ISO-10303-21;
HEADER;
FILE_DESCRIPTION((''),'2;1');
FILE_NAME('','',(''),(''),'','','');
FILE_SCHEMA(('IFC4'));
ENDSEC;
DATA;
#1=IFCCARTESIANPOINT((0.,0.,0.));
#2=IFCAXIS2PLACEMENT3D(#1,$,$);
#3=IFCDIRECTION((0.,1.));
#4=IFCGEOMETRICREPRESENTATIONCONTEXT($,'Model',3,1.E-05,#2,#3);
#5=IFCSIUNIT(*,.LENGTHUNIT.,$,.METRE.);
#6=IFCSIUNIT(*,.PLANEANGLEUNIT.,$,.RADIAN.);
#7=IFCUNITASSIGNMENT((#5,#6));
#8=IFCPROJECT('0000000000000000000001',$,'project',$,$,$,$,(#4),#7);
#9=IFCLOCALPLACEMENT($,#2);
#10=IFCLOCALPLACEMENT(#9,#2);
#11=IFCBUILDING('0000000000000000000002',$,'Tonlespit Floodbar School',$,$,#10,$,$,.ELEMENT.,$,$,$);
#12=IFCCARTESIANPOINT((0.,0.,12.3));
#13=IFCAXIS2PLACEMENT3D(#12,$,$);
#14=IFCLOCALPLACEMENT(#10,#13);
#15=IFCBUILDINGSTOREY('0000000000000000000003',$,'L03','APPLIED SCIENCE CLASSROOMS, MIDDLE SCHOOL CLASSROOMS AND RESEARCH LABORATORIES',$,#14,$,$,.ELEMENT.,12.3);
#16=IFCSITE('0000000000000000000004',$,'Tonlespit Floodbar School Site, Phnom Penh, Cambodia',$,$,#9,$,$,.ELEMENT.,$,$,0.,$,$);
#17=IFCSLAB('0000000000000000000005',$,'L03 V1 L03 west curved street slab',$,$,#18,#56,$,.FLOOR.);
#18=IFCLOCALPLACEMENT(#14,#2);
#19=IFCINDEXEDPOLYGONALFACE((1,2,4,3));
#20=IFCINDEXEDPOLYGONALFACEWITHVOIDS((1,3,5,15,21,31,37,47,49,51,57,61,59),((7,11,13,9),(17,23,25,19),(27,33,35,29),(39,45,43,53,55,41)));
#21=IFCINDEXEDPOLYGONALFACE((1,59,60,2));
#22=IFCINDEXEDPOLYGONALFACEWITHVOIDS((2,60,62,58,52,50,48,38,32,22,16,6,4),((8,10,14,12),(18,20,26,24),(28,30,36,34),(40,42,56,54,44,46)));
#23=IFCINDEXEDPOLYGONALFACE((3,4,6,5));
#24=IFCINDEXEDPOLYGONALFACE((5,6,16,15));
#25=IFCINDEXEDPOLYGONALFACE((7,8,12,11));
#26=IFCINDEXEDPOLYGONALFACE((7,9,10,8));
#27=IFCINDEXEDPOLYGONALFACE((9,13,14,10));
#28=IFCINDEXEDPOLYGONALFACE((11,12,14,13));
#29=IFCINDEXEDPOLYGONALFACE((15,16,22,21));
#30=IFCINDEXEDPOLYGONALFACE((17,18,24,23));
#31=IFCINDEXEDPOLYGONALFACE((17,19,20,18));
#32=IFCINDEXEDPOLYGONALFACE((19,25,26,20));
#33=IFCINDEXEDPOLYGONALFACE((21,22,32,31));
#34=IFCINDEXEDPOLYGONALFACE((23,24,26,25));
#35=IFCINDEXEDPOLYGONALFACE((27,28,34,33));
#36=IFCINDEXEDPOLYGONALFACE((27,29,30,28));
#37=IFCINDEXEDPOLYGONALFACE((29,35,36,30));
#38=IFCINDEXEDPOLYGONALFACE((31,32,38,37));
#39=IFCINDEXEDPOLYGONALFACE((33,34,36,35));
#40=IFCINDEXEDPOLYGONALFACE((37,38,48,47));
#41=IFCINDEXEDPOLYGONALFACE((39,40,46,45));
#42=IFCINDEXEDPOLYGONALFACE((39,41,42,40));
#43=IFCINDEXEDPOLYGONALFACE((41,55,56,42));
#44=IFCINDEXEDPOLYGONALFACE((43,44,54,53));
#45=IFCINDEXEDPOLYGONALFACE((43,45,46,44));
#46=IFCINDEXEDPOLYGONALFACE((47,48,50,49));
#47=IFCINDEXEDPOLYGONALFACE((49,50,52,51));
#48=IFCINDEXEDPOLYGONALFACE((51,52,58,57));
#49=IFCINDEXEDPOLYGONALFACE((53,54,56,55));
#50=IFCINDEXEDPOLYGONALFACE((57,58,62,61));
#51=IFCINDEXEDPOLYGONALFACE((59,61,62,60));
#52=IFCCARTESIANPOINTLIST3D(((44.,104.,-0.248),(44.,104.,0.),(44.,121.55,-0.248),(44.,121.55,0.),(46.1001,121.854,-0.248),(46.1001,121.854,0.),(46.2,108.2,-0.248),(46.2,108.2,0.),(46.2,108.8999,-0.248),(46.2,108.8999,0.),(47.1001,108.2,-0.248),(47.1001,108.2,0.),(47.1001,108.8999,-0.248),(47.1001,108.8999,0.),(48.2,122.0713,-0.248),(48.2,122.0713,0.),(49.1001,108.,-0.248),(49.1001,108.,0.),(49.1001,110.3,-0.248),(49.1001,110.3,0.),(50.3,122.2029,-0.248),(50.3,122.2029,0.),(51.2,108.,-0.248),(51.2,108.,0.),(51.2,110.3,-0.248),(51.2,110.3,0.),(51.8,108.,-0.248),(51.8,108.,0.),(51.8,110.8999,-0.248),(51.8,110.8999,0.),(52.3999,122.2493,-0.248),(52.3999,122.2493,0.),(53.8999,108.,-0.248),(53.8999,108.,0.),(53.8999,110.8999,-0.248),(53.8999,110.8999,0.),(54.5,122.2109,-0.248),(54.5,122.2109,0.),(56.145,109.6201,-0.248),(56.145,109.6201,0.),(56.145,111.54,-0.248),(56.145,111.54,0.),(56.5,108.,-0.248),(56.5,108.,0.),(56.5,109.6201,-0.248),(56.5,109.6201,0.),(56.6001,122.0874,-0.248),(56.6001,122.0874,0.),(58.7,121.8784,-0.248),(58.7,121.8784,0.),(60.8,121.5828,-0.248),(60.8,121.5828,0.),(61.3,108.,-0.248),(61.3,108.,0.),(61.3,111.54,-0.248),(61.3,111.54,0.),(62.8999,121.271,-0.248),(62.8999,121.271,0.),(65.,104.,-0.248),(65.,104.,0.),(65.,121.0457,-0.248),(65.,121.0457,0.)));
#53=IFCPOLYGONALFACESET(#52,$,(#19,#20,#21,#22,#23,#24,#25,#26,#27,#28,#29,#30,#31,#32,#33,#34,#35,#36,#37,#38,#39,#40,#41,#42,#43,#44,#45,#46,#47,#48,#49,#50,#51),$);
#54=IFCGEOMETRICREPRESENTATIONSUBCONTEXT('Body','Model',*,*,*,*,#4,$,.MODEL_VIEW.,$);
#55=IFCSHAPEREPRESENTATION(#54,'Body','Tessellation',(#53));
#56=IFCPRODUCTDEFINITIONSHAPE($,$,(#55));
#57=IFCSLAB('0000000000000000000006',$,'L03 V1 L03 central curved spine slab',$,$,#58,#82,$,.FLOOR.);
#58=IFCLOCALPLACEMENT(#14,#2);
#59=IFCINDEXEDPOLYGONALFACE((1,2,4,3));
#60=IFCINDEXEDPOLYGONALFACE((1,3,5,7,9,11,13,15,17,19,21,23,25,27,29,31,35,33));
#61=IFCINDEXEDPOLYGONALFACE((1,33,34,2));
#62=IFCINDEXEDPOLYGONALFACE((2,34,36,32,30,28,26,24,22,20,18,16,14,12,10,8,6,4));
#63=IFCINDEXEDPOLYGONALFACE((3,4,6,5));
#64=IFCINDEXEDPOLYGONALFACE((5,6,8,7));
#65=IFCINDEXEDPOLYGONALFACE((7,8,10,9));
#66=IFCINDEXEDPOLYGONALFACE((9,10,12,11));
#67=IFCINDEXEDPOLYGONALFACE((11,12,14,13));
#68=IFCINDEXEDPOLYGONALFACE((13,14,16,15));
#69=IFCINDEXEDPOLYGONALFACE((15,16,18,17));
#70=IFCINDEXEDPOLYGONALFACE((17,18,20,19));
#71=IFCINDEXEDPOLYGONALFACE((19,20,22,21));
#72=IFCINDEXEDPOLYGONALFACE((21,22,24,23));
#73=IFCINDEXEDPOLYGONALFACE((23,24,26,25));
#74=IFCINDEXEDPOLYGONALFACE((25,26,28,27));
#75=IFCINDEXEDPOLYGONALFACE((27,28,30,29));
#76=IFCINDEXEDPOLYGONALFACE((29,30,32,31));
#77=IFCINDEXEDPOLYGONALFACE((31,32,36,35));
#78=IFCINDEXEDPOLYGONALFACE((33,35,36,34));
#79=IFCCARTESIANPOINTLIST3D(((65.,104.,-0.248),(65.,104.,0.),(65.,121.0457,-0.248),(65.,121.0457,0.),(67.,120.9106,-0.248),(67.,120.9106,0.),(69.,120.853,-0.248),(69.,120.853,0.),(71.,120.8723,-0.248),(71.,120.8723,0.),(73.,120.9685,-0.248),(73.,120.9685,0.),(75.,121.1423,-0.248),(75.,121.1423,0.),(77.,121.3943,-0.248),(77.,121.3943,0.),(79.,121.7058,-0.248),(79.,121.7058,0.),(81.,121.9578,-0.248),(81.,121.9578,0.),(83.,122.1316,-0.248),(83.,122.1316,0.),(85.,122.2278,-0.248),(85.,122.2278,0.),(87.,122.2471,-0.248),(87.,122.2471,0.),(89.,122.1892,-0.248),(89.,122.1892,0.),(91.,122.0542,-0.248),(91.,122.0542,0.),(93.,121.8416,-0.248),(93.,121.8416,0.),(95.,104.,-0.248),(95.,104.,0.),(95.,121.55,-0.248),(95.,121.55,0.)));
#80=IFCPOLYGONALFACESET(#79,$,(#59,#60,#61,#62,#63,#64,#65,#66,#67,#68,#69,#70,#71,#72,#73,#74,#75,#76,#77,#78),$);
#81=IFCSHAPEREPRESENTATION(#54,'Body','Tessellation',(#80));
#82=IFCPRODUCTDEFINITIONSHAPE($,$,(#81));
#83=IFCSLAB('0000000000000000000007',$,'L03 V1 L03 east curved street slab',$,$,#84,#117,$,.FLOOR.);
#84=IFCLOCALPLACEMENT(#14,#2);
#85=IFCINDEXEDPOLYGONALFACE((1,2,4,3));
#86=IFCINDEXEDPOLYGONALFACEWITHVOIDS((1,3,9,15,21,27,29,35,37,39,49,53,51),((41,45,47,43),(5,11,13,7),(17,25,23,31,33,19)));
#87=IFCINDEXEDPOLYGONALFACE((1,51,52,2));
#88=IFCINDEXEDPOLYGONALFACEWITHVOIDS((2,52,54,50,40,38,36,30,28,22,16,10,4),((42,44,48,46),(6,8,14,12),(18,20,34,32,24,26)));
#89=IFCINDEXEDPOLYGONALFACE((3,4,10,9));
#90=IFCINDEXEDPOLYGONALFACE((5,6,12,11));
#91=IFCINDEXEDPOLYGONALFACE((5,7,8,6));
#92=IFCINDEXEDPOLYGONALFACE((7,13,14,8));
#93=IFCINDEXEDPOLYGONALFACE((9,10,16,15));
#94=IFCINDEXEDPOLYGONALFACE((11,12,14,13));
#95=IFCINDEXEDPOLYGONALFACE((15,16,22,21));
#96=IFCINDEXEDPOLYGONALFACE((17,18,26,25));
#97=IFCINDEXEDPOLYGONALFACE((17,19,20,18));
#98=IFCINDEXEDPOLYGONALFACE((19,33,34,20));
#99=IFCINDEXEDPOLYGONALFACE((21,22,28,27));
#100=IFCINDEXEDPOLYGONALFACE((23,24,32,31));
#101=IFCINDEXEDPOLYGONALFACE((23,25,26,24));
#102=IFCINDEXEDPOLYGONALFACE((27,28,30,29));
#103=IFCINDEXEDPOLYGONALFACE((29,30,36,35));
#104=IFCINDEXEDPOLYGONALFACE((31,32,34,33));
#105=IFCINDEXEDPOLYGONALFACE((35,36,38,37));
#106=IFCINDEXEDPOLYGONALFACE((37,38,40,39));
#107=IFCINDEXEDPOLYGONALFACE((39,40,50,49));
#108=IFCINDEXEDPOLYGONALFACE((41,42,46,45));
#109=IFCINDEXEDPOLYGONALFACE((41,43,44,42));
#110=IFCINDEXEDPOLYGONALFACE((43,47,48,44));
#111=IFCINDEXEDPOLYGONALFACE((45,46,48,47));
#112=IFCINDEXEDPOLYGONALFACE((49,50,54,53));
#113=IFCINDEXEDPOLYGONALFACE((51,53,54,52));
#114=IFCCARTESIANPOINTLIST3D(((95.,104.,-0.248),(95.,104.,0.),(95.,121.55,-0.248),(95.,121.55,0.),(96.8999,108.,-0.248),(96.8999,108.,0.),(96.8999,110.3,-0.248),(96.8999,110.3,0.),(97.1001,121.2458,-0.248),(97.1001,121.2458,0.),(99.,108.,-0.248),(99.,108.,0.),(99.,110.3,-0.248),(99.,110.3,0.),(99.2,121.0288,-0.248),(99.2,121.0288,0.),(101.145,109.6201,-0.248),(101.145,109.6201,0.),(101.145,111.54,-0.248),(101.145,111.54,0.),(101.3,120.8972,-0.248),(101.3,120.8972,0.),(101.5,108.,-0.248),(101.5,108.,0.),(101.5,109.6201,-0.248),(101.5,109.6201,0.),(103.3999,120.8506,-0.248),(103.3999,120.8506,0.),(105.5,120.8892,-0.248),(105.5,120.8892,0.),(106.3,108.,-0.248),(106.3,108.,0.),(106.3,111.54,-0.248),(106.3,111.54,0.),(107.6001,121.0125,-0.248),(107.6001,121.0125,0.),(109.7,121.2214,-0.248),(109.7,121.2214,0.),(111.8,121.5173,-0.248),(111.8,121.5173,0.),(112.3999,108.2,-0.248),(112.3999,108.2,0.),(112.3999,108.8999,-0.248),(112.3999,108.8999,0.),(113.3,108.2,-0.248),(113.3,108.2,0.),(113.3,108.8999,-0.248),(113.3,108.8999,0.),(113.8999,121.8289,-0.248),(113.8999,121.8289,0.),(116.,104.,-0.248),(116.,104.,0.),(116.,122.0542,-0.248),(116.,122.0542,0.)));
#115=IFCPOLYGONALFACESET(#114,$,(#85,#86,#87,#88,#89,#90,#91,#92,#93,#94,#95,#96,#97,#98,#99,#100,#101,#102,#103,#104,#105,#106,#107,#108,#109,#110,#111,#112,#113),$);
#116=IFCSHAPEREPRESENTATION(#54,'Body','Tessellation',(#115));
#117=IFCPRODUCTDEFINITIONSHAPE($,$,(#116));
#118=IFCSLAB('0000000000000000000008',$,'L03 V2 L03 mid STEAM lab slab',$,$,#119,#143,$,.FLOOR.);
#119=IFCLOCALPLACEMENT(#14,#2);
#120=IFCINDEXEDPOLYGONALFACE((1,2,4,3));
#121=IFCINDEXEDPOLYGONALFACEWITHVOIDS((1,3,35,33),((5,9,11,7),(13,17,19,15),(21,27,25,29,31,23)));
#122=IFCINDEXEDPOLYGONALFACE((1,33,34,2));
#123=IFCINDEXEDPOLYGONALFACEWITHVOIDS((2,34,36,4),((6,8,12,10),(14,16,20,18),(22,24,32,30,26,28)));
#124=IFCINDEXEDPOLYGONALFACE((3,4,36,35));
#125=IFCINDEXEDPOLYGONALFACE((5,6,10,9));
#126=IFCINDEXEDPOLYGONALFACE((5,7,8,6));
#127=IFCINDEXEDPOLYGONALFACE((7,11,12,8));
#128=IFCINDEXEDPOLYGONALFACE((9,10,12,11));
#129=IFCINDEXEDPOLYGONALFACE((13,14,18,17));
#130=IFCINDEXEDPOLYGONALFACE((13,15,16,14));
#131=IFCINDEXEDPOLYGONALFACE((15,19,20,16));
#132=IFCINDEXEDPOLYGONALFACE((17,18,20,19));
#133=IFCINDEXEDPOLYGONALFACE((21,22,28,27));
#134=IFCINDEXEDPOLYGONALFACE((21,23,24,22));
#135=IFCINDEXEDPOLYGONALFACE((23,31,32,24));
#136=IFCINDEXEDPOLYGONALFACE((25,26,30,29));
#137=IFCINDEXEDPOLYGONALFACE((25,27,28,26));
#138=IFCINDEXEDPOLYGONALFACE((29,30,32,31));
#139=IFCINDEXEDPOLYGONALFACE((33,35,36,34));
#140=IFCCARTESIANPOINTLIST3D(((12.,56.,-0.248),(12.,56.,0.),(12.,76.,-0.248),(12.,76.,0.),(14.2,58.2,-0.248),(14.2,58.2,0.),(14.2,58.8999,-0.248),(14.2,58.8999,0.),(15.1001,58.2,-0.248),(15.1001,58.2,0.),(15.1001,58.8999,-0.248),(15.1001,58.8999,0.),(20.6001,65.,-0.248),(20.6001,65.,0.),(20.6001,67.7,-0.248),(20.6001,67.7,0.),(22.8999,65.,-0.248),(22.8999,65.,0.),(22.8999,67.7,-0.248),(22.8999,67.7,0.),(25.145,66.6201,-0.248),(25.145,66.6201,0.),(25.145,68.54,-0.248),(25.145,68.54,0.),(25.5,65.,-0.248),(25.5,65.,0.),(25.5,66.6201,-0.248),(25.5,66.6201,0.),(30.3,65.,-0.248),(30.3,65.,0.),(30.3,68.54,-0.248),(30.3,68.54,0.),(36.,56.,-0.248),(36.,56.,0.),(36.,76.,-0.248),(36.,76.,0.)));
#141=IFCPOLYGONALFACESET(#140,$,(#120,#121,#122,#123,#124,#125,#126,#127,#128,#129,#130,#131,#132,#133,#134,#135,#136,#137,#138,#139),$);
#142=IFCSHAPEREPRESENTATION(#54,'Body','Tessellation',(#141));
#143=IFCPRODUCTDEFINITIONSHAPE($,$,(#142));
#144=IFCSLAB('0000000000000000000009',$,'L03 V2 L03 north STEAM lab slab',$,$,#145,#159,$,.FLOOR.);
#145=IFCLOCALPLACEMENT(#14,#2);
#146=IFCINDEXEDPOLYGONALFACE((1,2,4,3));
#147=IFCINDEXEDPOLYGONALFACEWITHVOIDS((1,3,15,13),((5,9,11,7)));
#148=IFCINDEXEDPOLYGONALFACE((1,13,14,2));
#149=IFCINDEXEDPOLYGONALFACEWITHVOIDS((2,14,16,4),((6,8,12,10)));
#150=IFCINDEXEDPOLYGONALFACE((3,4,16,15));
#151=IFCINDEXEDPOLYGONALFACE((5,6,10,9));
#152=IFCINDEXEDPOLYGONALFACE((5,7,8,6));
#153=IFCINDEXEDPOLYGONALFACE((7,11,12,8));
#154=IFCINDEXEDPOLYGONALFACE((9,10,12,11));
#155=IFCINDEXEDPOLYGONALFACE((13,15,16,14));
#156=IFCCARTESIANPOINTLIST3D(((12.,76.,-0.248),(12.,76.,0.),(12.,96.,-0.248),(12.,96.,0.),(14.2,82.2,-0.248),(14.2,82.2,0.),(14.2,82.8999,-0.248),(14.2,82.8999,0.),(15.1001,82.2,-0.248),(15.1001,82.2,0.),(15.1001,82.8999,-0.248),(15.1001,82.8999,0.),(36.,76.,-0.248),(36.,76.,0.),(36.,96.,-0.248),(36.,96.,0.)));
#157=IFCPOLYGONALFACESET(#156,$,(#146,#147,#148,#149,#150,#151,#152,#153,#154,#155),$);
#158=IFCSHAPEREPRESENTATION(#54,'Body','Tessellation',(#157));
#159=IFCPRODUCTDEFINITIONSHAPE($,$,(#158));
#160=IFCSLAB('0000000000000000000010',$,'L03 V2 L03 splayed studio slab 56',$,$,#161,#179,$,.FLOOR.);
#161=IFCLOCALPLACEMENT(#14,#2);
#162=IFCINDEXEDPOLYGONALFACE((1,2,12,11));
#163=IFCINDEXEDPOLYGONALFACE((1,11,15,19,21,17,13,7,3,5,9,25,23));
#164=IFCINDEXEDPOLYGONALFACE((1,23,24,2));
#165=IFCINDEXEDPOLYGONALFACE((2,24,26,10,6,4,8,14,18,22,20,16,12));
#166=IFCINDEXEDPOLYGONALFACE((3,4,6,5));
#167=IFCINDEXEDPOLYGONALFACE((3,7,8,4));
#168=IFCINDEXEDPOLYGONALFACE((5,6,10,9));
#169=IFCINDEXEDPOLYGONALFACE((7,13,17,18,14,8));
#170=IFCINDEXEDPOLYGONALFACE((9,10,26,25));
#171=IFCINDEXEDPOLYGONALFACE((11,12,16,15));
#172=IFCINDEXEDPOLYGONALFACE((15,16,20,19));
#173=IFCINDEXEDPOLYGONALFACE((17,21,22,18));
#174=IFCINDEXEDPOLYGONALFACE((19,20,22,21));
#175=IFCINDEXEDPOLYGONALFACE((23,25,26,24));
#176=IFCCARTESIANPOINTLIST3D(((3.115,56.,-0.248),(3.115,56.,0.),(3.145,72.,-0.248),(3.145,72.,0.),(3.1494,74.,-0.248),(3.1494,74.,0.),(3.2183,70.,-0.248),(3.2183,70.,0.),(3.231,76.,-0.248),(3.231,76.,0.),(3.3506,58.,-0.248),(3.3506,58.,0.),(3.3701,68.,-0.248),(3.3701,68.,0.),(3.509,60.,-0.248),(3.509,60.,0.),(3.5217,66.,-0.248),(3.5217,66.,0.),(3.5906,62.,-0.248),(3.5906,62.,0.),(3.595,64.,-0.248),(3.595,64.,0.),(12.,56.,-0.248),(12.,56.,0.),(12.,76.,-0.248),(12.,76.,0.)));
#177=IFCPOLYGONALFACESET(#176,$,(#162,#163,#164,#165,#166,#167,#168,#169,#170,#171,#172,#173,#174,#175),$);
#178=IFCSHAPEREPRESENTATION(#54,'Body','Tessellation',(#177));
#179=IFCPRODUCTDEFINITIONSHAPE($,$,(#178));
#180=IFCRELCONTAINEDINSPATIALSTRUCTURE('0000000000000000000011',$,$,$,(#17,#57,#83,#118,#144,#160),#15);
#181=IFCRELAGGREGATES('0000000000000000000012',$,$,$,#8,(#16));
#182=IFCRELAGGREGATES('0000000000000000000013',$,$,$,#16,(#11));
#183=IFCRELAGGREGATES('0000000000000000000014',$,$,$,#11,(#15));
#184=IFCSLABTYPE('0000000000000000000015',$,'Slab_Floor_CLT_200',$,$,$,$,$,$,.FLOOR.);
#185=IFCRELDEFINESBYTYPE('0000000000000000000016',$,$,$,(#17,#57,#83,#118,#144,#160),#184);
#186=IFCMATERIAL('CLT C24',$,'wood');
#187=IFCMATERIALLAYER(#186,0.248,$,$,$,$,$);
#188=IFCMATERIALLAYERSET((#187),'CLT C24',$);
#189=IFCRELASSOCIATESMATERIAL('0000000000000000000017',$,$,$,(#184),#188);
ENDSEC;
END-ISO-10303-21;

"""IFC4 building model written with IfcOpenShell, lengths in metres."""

from ifc_helpers import new_model, si_unit, direction, frame, origin, place, context, subcontext, project, spatial, polyline, outline, extrude, material, layer, layer_set, type_object, element, save


model = new_model("IFC4")

# Units and contexts
model_context = context("Model", 3, precision=1e-05, world=origin(), true_north=direction((0.0, 1.0)))
body_context = subcontext(model_context, "Body", "Model", "MODEL_VIEW")
ifc_project = project(units=[si_unit("LENGTHUNIT", "METRE"), si_unit("PLANEANGLEUNIT", "RADIAN")], contexts=[model_context])

# Site, building, storey
site_placement = place(None, origin())
site = spatial("IfcSite", under=ifc_project, at=site_placement, Name="Tonlespit Floodbar School Site, Phnom Penh, Cambodia", CompositionType="ELEMENT", RefElevation=0.0)
building_placement = place(site_placement, origin())
building = spatial("IfcBuilding", under=site, at=building_placement, Name="Tonlespit Floodbar School", CompositionType="ELEMENT")
storey_placement = place(building_placement, frame((0.0, 0.0, 12.3)))
storey = spatial("IfcBuildingStorey", under=building, at=storey_placement, Name="L03", Description="APPLIED SCIENCE CLASSROOMS, MIDDLE SCHOOL CLASSROOMS AND RESEARCH LABORATORIES", CompositionType="ELEMENT", Elevation=12.3)

# Slabs
ifc_material_1 = material(Name="CLT C24", Category="wood")
ifc_layer_1 = layer(ifc_material_1, 0.248)
ifc_layer_set_1 = layer_set([ifc_layer_1], Name="CLT C24")
slab_type_1 = type_object("IfcSlabType", Name="Slab_Floor_CLT_200", PredefinedType="FLOOR", material=ifc_layer_set_1)
slab_1_placement = place(storey_placement, frame((0.0, 0.0, -0.248)))
element("IfcSlab", 1, at=slab_1_placement, inside=storey, type_object=slab_type_1, Name="L03 V1 L03 west curved street slab", PredefinedType="FLOOR", context=body_context, shape_type="SweptSolid", body=[
    extrude(outline(polyline([(44.0, 104.0), (65.0, 104.0), (65.0, 121.0457), (62.8999, 121.271), (60.8, 121.5828), (58.7, 121.8784), (56.6001, 122.0874), (54.5, 122.2109), (52.3999, 122.2493), (50.3, 122.2029), (48.2, 122.0713), (46.1001, 121.854), (44.0, 121.55), (44.0, 104.0)]), holes=[polyline([(56.5, 108.0), (61.3, 108.0), (61.3, 111.54), (56.145, 111.54), (56.145, 109.6201), (56.5, 109.6201), (56.5, 108.0)]), polyline([(51.8, 108.0), (53.8999, 108.0), (53.8999, 110.8999), (51.8, 110.8999), (51.8, 108.0)]), polyline([(49.1001, 108.0), (51.2, 108.0), (51.2, 110.3), (49.1001, 110.3), (49.1001, 108.0)]), polyline([(46.2, 108.2), (47.1001, 108.2), (47.1001, 108.8999), (46.2, 108.8999), (46.2, 108.2)])]), origin(), (0.0, 0.0, 1.0), 0.248),
])
slab_2_placement = place(storey_placement, frame((0.0, 0.0, -0.248)))
element("IfcSlab", 2, at=slab_2_placement, inside=storey, type_object=slab_type_1, Name="L03 V1 L03 central curved spine slab", PredefinedType="FLOOR", context=body_context, shape_type="SweptSolid", body=[
    extrude(outline(polyline([(65.0, 104.0), (95.0, 104.0), (95.0, 121.55), (93.0, 121.8416), (91.0, 122.0542), (89.0, 122.1892), (87.0, 122.2471), (85.0, 122.2278), (83.0, 122.1316), (81.0, 121.9578), (79.0, 121.7058), (77.0, 121.3943), (75.0, 121.1423), (73.0, 120.9685), (71.0, 120.8723), (69.0, 120.853), (67.0, 120.9106), (65.0, 121.0457), (65.0, 104.0)])), origin(), (0.0, 0.0, 1.0), 0.248),
])
slab_3_placement = place(storey_placement, frame((0.0, 0.0, -0.248)))
element("IfcSlab", 3, at=slab_3_placement, inside=storey, type_object=slab_type_1, Name="L03 V1 L03 east curved street slab", PredefinedType="FLOOR", context=body_context, shape_type="SweptSolid", body=[
    extrude(outline(polyline([(95.0, 104.0), (116.0, 104.0), (116.0, 122.0542), (113.8999, 121.8289), (111.8, 121.5173), (109.7, 121.2214), (107.6001, 121.0125), (105.5, 120.8892), (103.3999, 120.8506), (101.3, 120.8972), (99.2, 121.0288), (97.1001, 121.2458), (95.0, 121.55), (95.0, 104.0)]), holes=[polyline([(101.5, 108.0), (106.3, 108.0), (106.3, 111.54), (101.145, 111.54), (101.145, 109.6201), (101.5, 109.6201), (101.5, 108.0)]), polyline([(96.8999, 108.0), (99.0, 108.0), (99.0, 110.3), (96.8999, 110.3), (96.8999, 108.0)]), polyline([(112.3999, 108.2), (113.3, 108.2), (113.3, 108.8999), (112.3999, 108.8999), (112.3999, 108.2)])]), origin(), (0.0, 0.0, 1.0), 0.248),
])
slab_4_placement = place(storey_placement, frame((0.0, 0.0, -0.248)))
element("IfcSlab", 4, at=slab_4_placement, inside=storey, type_object=slab_type_1, Name="L03 V2 L03 mid STEAM lab slab", PredefinedType="FLOOR", context=body_context, shape_type="SweptSolid", body=[
    extrude(outline(polyline([(12.0, 56.0), (36.0, 56.0), (36.0, 76.0), (12.0, 76.0), (12.0, 56.0)]), holes=[polyline([(25.5, 65.0), (30.3, 65.0), (30.3, 68.54), (25.145, 68.54), (25.145, 66.6201), (25.5, 66.6201), (25.5, 65.0)]), polyline([(20.6001, 65.0), (22.8999, 65.0), (22.8999, 67.7), (20.6001, 67.7), (20.6001, 65.0)]), polyline([(14.2, 58.2), (15.1001, 58.2), (15.1001, 58.8999), (14.2, 58.8999), (14.2, 58.2)])]), origin(), (0.0, 0.0, 1.0), 0.248),
])
slab_5_placement = place(storey_placement, frame((0.0, 0.0, -0.248)))
element("IfcSlab", 5, at=slab_5_placement, inside=storey, type_object=slab_type_1, Name="L03 V2 L03 north STEAM lab slab", PredefinedType="FLOOR", context=body_context, shape_type="SweptSolid", body=[
    extrude(outline(polyline([(12.0, 76.0), (36.0, 76.0), (36.0, 96.0), (12.0, 96.0), (12.0, 76.0)]), holes=[polyline([(14.2, 82.2), (15.1001, 82.2), (15.1001, 82.8999), (14.2, 82.8999), (14.2, 82.2)])]), origin(), (0.0, 0.0, 1.0), 0.248),
])
slab_6_placement = place(storey_placement, frame((0.0, 0.0, -0.248)))
element("IfcSlab", 6, at=slab_6_placement, inside=storey, type_object=slab_type_1, Name="L03 V2 L03 splayed studio slab 56", PredefinedType="FLOOR", context=body_context, shape_type="SweptSolid", body=[
    extrude(outline(polyline([(12.0, 56.0), (12.0, 76.0), (3.231, 76.0), (3.1494, 74.0), (3.145, 72.0), (3.2183, 70.0), (3.3701, 68.0), (3.5217, 66.0), (3.595, 64.0), (3.5906, 62.0), (3.509, 60.0), (3.3506, 58.0), (3.115, 56.0), (12.0, 56.0)])), origin(), (0.0, 0.0, 1.0), 0.248),
])

save(model, "model.ifc")
